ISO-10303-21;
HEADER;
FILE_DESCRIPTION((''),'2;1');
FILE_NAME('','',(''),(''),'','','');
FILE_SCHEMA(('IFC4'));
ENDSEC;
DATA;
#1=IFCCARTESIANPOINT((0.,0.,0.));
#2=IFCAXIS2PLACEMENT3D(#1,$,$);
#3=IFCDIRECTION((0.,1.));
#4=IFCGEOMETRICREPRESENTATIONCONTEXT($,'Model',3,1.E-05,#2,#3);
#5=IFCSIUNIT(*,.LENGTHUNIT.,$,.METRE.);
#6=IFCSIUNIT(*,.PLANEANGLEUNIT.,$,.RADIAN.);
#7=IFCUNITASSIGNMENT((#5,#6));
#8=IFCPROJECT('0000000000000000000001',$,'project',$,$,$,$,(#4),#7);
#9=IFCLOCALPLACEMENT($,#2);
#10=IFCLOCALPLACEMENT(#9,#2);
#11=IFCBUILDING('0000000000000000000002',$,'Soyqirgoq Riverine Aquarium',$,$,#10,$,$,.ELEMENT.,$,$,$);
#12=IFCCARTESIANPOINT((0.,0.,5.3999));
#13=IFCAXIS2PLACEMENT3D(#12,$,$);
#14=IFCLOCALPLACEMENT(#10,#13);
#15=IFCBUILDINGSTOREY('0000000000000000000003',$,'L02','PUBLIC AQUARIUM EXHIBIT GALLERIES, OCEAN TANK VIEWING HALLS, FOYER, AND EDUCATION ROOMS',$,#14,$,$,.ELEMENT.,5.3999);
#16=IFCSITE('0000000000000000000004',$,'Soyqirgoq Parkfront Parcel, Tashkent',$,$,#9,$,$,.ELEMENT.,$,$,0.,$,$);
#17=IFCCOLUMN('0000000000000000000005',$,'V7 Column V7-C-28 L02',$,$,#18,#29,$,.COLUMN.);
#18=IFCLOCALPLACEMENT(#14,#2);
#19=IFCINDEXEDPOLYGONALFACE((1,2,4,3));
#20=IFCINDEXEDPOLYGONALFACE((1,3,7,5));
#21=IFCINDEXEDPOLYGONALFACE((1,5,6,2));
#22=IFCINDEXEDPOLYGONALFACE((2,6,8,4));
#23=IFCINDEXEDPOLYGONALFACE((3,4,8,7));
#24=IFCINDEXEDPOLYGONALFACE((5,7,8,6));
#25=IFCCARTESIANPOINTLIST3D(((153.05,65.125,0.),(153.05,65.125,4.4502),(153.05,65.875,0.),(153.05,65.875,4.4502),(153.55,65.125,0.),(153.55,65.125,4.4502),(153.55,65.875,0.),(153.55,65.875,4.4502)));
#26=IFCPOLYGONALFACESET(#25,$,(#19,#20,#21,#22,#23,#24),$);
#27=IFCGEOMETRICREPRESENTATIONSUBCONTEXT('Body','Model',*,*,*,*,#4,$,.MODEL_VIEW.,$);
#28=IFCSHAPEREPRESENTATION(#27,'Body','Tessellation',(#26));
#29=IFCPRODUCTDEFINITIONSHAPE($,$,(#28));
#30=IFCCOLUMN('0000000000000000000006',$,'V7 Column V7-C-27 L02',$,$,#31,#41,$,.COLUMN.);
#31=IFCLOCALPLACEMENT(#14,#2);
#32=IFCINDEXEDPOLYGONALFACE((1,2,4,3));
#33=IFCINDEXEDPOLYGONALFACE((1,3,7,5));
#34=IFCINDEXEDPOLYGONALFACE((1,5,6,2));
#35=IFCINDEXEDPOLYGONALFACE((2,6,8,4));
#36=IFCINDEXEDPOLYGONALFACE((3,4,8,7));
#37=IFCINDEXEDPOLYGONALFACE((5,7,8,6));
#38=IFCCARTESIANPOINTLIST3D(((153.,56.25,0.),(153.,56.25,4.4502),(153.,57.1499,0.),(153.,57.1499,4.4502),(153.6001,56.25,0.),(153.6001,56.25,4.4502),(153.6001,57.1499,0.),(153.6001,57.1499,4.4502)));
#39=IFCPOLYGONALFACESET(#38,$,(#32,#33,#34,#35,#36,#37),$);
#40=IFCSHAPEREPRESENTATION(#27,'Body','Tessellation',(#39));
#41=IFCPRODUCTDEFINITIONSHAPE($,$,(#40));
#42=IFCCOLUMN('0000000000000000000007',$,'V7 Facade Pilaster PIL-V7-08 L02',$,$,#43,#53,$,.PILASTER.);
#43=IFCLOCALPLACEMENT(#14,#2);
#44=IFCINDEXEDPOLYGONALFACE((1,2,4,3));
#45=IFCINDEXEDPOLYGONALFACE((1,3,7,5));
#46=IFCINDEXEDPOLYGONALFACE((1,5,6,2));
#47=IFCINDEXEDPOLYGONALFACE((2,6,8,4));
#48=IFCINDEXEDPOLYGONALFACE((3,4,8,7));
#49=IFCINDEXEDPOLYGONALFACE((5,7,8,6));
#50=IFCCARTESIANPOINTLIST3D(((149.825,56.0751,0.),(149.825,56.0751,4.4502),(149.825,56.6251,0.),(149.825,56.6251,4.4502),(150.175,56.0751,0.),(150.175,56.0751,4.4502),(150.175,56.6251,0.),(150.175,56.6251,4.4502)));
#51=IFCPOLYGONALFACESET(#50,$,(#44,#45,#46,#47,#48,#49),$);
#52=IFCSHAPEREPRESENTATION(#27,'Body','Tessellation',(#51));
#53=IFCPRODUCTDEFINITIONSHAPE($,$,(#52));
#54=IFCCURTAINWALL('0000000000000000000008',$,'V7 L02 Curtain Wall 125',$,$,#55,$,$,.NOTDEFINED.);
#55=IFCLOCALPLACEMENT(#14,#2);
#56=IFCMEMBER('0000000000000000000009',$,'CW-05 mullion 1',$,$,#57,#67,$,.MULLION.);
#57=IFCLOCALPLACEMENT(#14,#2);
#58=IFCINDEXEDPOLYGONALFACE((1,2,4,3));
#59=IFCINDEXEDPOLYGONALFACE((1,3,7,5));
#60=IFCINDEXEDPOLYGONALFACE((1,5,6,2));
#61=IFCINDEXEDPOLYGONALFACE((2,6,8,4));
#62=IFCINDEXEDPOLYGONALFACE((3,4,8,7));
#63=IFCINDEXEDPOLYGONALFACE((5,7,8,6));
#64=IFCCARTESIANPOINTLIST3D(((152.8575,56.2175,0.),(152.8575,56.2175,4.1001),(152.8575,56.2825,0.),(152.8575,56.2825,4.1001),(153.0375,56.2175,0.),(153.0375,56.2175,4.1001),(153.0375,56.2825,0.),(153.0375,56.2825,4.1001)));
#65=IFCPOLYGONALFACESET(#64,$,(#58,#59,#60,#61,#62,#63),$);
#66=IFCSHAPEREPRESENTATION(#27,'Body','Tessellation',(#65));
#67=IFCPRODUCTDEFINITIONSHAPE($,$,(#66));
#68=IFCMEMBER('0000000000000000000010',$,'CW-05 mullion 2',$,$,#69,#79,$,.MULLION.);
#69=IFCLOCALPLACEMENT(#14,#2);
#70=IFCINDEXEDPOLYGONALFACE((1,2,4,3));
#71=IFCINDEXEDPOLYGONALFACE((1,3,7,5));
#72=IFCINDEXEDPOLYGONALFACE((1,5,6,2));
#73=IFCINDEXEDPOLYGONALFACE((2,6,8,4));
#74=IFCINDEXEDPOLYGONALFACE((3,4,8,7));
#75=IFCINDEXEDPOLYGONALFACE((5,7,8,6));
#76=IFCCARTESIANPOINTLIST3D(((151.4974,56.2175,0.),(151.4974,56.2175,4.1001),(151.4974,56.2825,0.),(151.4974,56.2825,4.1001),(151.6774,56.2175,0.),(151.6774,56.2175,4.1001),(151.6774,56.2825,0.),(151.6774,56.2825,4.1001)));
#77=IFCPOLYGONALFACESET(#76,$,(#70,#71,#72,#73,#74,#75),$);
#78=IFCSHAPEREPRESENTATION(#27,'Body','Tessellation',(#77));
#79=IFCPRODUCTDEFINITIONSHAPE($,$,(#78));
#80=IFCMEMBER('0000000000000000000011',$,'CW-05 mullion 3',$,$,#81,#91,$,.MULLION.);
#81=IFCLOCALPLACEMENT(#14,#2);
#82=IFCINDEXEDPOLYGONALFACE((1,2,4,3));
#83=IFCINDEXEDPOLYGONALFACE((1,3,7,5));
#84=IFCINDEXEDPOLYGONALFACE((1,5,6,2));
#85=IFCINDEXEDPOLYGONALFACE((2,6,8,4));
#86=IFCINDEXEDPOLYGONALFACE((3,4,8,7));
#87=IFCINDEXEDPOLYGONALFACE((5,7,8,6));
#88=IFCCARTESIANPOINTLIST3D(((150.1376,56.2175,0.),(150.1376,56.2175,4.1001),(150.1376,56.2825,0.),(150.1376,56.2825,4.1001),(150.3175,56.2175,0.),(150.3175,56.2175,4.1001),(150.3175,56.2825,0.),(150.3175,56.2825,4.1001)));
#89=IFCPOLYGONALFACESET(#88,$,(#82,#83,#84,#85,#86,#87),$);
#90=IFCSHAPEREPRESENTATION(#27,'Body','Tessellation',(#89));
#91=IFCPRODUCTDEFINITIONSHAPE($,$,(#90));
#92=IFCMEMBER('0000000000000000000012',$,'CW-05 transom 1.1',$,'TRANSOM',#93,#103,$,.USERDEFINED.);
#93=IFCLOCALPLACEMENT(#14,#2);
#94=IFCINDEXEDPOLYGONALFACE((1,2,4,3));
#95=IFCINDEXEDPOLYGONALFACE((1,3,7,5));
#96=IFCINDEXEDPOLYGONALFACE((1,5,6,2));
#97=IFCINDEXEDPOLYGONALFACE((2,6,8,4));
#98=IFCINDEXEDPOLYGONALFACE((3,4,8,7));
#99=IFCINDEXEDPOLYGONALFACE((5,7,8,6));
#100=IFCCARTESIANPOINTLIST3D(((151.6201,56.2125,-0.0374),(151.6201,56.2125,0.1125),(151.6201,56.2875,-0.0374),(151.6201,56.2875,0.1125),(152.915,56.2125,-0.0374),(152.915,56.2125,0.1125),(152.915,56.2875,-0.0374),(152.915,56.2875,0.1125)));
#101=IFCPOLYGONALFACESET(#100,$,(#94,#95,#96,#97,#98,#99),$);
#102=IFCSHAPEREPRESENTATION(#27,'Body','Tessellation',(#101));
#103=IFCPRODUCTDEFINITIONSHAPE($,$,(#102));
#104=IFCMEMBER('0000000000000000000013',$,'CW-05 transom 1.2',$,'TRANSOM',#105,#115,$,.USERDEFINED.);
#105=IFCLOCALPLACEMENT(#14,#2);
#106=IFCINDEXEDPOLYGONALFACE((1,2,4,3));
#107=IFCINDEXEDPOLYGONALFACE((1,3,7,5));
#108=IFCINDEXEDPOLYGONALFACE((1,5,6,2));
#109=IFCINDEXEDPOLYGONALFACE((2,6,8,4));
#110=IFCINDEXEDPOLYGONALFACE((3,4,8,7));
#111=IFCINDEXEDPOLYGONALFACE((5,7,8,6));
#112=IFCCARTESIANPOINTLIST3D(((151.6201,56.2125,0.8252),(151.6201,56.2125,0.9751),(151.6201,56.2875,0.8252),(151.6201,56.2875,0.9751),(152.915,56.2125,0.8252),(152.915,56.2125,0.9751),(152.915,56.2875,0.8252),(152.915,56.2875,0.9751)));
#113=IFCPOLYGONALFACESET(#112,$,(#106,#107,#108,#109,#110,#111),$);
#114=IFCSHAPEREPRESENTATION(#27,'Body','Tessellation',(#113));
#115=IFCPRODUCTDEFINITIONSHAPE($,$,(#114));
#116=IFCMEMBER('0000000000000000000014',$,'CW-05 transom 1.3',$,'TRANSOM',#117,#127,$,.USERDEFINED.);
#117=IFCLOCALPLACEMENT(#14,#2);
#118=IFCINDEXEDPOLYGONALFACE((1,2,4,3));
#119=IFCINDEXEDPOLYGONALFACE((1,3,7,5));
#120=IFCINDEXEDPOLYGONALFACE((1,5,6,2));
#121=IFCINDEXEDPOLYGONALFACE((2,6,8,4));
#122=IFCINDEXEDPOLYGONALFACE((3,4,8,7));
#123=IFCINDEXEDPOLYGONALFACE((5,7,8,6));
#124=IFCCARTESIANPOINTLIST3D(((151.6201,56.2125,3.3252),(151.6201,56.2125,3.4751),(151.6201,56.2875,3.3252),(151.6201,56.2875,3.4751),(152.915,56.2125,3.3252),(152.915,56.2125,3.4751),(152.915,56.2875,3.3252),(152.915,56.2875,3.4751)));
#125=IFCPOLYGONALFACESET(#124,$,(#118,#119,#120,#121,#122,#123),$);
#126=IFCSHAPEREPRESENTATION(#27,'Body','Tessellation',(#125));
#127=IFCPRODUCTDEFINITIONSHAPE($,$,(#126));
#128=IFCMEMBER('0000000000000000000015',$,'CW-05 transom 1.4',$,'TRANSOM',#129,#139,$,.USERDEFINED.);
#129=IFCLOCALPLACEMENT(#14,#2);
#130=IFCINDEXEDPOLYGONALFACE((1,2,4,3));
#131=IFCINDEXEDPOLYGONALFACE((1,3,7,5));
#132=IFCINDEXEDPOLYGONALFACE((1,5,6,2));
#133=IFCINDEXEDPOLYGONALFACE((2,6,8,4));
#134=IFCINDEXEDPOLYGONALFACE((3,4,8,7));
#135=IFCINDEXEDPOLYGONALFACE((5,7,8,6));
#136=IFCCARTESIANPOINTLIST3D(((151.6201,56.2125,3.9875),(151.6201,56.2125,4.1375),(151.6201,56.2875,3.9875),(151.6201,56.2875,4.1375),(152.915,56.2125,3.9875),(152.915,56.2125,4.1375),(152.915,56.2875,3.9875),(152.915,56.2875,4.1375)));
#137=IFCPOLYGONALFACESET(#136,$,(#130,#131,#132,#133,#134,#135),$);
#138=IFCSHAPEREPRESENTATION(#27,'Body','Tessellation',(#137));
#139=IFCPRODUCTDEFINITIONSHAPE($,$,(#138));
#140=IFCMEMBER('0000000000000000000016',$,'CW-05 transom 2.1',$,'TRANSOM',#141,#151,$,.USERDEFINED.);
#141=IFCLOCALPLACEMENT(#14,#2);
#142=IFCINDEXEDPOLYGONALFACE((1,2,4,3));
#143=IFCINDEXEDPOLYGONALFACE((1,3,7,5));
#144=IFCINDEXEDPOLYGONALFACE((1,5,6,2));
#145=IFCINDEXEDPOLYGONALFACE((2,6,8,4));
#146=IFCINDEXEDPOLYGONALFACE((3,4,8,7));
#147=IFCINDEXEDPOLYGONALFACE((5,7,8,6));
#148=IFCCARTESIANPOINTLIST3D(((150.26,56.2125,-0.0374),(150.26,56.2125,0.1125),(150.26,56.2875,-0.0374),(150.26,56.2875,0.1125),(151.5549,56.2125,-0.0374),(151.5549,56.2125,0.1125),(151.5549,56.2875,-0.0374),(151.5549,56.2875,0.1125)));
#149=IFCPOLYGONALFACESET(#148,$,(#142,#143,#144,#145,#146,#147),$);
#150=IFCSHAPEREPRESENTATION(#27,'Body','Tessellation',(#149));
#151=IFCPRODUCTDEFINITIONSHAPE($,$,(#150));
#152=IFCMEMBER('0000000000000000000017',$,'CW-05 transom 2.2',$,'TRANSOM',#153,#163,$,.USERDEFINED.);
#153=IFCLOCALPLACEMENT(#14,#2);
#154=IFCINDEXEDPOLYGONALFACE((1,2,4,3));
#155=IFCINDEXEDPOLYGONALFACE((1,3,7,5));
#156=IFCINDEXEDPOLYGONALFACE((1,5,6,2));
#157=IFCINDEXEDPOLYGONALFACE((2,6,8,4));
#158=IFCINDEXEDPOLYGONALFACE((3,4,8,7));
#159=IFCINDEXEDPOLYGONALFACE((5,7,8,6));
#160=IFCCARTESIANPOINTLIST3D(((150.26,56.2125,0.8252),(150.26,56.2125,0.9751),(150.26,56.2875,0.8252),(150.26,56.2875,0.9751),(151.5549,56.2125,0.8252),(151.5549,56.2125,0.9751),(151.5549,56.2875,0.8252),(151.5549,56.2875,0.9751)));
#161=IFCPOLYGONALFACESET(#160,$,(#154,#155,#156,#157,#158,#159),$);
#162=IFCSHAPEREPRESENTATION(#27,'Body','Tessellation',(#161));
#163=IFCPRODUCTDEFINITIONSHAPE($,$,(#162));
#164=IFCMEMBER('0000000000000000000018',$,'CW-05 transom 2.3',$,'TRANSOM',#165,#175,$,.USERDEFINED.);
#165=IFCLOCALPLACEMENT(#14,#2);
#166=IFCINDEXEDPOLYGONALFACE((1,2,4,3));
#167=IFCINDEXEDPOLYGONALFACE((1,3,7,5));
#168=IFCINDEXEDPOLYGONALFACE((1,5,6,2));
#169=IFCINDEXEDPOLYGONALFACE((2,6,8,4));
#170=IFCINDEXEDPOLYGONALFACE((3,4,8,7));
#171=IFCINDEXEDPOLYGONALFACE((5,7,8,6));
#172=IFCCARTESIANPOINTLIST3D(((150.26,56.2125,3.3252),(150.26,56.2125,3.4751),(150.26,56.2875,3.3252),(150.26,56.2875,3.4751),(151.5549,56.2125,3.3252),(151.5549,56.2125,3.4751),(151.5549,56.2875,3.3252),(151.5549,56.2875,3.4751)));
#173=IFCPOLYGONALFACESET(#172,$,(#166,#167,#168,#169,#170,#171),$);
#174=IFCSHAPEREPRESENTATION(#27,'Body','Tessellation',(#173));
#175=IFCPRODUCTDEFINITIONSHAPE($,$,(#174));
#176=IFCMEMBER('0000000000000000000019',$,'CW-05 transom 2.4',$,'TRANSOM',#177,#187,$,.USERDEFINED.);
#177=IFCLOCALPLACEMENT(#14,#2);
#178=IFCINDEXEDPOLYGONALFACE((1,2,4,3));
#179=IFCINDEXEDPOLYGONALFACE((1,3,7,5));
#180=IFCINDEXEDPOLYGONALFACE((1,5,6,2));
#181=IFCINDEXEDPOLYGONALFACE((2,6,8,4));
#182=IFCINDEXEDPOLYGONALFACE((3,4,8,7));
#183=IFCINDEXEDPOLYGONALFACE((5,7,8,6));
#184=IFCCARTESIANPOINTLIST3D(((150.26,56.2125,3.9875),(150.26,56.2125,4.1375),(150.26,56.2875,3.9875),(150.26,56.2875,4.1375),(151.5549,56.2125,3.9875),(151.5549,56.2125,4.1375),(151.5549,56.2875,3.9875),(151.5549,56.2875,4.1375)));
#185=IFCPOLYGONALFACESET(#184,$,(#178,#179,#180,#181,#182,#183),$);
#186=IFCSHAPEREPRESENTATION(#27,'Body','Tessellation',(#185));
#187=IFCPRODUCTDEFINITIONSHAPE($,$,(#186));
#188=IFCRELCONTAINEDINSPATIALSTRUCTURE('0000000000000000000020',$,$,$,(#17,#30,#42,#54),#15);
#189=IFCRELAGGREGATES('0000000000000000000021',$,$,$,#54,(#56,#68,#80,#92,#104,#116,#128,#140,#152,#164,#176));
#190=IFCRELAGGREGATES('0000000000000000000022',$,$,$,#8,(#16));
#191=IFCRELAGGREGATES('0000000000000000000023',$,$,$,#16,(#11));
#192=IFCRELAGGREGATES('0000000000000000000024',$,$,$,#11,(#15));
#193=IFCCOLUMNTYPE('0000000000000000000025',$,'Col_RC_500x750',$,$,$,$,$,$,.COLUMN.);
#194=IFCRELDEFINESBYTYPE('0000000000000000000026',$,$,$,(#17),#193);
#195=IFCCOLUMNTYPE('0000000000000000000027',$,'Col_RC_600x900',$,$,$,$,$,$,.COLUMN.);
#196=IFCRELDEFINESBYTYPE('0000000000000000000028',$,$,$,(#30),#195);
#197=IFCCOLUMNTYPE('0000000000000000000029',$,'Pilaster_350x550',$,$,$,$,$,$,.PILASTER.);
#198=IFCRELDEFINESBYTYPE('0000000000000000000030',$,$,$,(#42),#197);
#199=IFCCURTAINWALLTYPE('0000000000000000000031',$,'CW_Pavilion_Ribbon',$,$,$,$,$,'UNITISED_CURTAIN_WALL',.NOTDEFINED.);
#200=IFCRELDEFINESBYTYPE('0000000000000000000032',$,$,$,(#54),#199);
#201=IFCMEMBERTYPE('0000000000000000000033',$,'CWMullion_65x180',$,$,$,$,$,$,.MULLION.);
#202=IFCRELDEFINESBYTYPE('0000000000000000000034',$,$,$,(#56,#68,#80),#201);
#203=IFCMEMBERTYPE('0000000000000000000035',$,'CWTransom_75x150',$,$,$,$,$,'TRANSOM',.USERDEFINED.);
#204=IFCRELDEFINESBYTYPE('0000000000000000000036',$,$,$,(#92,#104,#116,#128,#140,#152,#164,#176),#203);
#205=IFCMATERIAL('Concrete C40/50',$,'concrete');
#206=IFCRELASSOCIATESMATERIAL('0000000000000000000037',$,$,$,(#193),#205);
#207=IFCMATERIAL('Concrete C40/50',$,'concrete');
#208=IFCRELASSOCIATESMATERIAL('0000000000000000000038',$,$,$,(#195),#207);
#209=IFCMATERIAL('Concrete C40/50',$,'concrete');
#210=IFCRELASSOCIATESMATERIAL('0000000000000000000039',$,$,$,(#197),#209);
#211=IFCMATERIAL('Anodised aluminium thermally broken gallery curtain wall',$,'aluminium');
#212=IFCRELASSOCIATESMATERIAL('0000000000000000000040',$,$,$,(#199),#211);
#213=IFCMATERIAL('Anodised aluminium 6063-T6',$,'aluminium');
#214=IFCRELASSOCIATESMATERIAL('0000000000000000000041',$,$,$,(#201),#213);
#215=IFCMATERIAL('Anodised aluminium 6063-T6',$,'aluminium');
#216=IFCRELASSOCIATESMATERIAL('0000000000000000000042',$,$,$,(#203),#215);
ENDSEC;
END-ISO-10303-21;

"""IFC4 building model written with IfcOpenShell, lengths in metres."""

from ifc_helpers import new_model, si_unit, direction, frame, origin, origin_2d, place, context, subcontext, project, spatial, rectangle, extrude, material, material_profile, profile_set, type_object, element, aggregate, save


model = new_model("IFC4")

# Units and contexts
model_context = context("Model", 3, precision=1e-05, world=origin(), true_north=direction((0.0, 1.0)))
body_context = subcontext(model_context, "Body", "Model", "MODEL_VIEW")
ifc_project = project(units=[si_unit("LENGTHUNIT", "METRE"), si_unit("PLANEANGLEUNIT", "RADIAN")], contexts=[model_context])

# Site, building, storey
site_placement = place(None, origin())
site = spatial("IfcSite", under=ifc_project, at=site_placement, Name="Soyqirgoq Parkfront Parcel, Tashkent", CompositionType="ELEMENT", RefElevation=0.0)
building_placement = place(site_placement, origin())
building = spatial("IfcBuilding", under=site, at=building_placement, Name="Soyqirgoq Riverine Aquarium", CompositionType="ELEMENT")
storey_placement = place(building_placement, frame((0.0, 0.0, 5.3999)))
storey = spatial("IfcBuildingStorey", under=building, at=storey_placement, Name="L02", Description="PUBLIC AQUARIUM EXHIBIT GALLERIES, OCEAN TANK VIEWING HALLS, FOYER, AND EDUCATION ROOMS", CompositionType="ELEMENT", Elevation=5.3999)

# Columns
ifc_material_1 = material(Name="Concrete C40/50", Category="concrete")
ifc_material_profile_1 = material_profile(ifc_material_1, rectangle(XDim=0.5, YDim=0.75, at=origin_2d()), Name="RC-COL 500x750")
ifc_profile_set_1 = profile_set([ifc_material_profile_1], Name="Concrete C40/50")
column_type_1 = type_object("IfcColumnType", Name="Col_RC_500x750", PredefinedType="COLUMN", material=ifc_profile_set_1)
column_1_placement = place(storey_placement, frame((153.3, 65.5, 0.0), z_axis=(0.0, 0.0, 1.0), x_axis=(1.0, 0.0, 0.0)))
element("IfcColumn", 1, at=column_1_placement, inside=storey, type_object=column_type_1, Name="V7 Column V7-C-28 L02", PredefinedType="COLUMN", context=body_context, shape_type="SweptSolid", body=[
    extrude(rectangle(XDim=0.5, YDim=0.75, at=origin_2d()), origin(), (0.0, 0.0, 1.0), 4.4502),
])
ifc_material_2 = material(Name="Concrete C40/50", Category="concrete")
ifc_material_profile_2 = material_profile(ifc_material_2, rectangle(XDim=0.6001, YDim=0.8999, at=origin_2d()), Name="RC-COL 600x900")
ifc_profile_set_2 = profile_set([ifc_material_profile_2], Name="Concrete C40/50")
column_type_2 = type_object("IfcColumnType", Name="Col_RC_600x900", PredefinedType="COLUMN", material=ifc_profile_set_2)
column_2_placement = place(storey_placement, frame((153.3, 56.7, 0.0), z_axis=(0.0, 0.0, 1.0), x_axis=(1.0, 0.0, 0.0)))
element("IfcColumn", 2, at=column_2_placement, inside=storey, type_object=column_type_2, Name="V7 Column V7-C-27 L02", PredefinedType="COLUMN", context=body_context, shape_type="SweptSolid", body=[
    extrude(rectangle(XDim=0.6001, YDim=0.8999, at=origin_2d()), origin(), (0.0, 0.0, 1.0), 4.4502),
])
ifc_material_3 = material(Name="Concrete C40/50", Category="concrete")
ifc_material_profile_3 = material_profile(ifc_material_3, rectangle(XDim=0.3501, YDim=0.55, at=origin_2d()), Name="RC-PIL 350x550")
ifc_profile_set_3 = profile_set([ifc_material_profile_3], Name="Concrete C40/50")
column_type_3 = type_object("IfcColumnType", Name="Pilaster_350x550", PredefinedType="PILASTER", material=ifc_profile_set_3)
column_3_placement = place(storey_placement, frame((150.0, 56.3501, 0.0), z_axis=(0.0, 0.0, 1.0), x_axis=(1.0, 0.0, 0.0)))
element("IfcColumn", 3, at=column_3_placement, inside=storey, type_object=column_type_3, Name="V7 Facade Pilaster PIL-V7-08 L02", PredefinedType="PILASTER", context=body_context, shape_type="SweptSolid", body=[
    extrude(rectangle(XDim=0.3501, YDim=0.55, at=origin_2d()), origin(), (0.0, 0.0, 1.0), 4.4502),
])

# Curtain wall, members
ifc_material_4 = material(Name="Anodised aluminium thermally broken gallery curtain wall", Category="aluminium")
curtain_wall_type = type_object("IfcCurtainWallType", Name="CW_Pavilion_Ribbon", ElementType="UNITISED_CURTAIN_WALL", PredefinedType="NOTDEFINED", material=ifc_material_4)
curtain_wall_placement = place(storey_placement, origin())
curtain_wall = element("IfcCurtainWall", 4, at=curtain_wall_placement, inside=storey, type_object=curtain_wall_type, Name="V7 L02 Curtain Wall 125", PredefinedType="NOTDEFINED")
ifc_material_5 = material(Name="Anodised aluminium 6063-T6", Category="aluminium")
ifc_material_profile_4 = material_profile(ifc_material_5, rectangle(XDim=0.0649, YDim=0.1799, at=origin_2d()), Name="ALU-M 65x180")
ifc_profile_set_4 = profile_set([ifc_material_profile_4], Name="Anodised aluminium 6063-T6")
member_type_1 = type_object("IfcMemberType", Name="CWMullion_65x180", PredefinedType="MULLION", material=ifc_profile_set_4)
member_1_placement = place(storey_placement, frame((152.9475, 56.25, 0.0), z_axis=(0.0, 0.0, 1.0), x_axis=(0.0, -1.0, 0.0)))
member_1 = element("IfcMember", 5, at=member_1_placement, type_object=member_type_1, Name="CW-05 mullion 1", PredefinedType="MULLION", context=body_context, shape_type="SweptSolid", body=[
    extrude(rectangle(XDim=0.0649, YDim=0.1799, at=origin_2d()), origin(), (0.0, 0.0, 1.0), 4.1001),
])
member_2_placement = place(storey_placement, frame((151.5874, 56.25, 0.0), z_axis=(0.0, 0.0, 1.0), x_axis=(0.0, -1.0, 0.0)))
member_2 = element("IfcMember", 6, at=member_2_placement, type_object=member_type_1, Name="CW-05 mullion 2", PredefinedType="MULLION", context=body_context, shape_type="SweptSolid", body=[
    extrude(rectangle(XDim=0.0649, YDim=0.1799, at=origin_2d()), origin(), (0.0, 0.0, 1.0), 4.1001),
])
member_3_placement = place(storey_placement, frame((150.2275, 56.25, 0.0), z_axis=(0.0, 0.0, 1.0), x_axis=(0.0, -1.0, 0.0)))
member_3 = element("IfcMember", 7, at=member_3_placement, type_object=member_type_1, Name="CW-05 mullion 3", PredefinedType="MULLION", context=body_context, shape_type="SweptSolid", body=[
    extrude(rectangle(XDim=0.0649, YDim=0.1799, at=origin_2d()), origin(), (0.0, 0.0, 1.0), 4.1001),
])
ifc_material_6 = material(Name="Anodised aluminium 6063-T6", Category="aluminium")
ifc_material_profile_5 = material_profile(ifc_material_6, rectangle(XDim=0.075, YDim=0.1499, at=origin_2d()), Name="ALU-T 75x150")
ifc_profile_set_5 = profile_set([ifc_material_profile_5], Name="Anodised aluminium 6063-T6")
member_type_2 = type_object("IfcMemberType", Name="CWTransom_75x150", ElementType="TRANSOM", PredefinedType="USERDEFINED", material=ifc_profile_set_5)
member_4_placement = place(storey_placement, frame((152.915, 56.25, 0.0376), z_axis=(-1.0, 0.0, 0.0), x_axis=(0.0, -1.0, 0.0)))
member_4 = element("IfcMember", 8, at=member_4_placement, type_object=member_type_2, Name="CW-05 transom 1.1", ObjectType="TRANSOM", PredefinedType="USERDEFINED", context=body_context, shape_type="SweptSolid", body=[
    extrude(rectangle(XDim=0.075, YDim=0.1499, at=origin_2d()), origin(), (0.0, 0.0, 1.0), 1.2949),
])
member_5_placement = place(storey_placement, frame((152.915, 56.25, 0.9001), z_axis=(-1.0, 0.0, 0.0), x_axis=(0.0, -1.0, 0.0)))
member_5 = element("IfcMember", 9, at=member_5_placement, type_object=member_type_2, Name="CW-05 transom 1.2", ObjectType="TRANSOM", PredefinedType="USERDEFINED", context=body_context, shape_type="SweptSolid", body=[
    extrude(rectangle(XDim=0.075, YDim=0.1499, at=origin_2d()), origin(), (0.0, 0.0, 1.0), 1.2949),
])
member_6_placement = place(storey_placement, frame((152.915, 56.25, 3.4001), z_axis=(-1.0, 0.0, 0.0), x_axis=(0.0, -1.0, 0.0)))
member_6 = element("IfcMember", 10, at=member_6_placement, type_object=member_type_2, Name="CW-05 transom 1.3", ObjectType="TRANSOM", PredefinedType="USERDEFINED", context=body_context, shape_type="SweptSolid", body=[
    extrude(rectangle(XDim=0.075, YDim=0.1499, at=origin_2d()), origin(), (0.0, 0.0, 1.0), 1.2949),
])
member_7_placement = place(storey_placement, frame((152.915, 56.25, 4.0625), z_axis=(-1.0, 0.0, 0.0), x_axis=(0.0, -1.0, 0.0)))
member_7 = element("IfcMember", 11, at=member_7_placement, type_object=member_type_2, Name="CW-05 transom 1.4", ObjectType="TRANSOM", PredefinedType="USERDEFINED", context=body_context, shape_type="SweptSolid", body=[
    extrude(rectangle(XDim=0.075, YDim=0.1499, at=origin_2d()), origin(), (0.0, 0.0, 1.0), 1.2949),
])
member_8_placement = place(storey_placement, frame((151.5549, 56.25, 0.0376), z_axis=(-1.0, 0.0, 0.0), x_axis=(0.0, -1.0, 0.0)))
member_8 = element("IfcMember", 12, at=member_8_placement, type_object=member_type_2, Name="CW-05 transom 2.1", ObjectType="TRANSOM", PredefinedType="USERDEFINED", context=body_context, shape_type="SweptSolid", body=[
    extrude(rectangle(XDim=0.075, YDim=0.1499, at=origin_2d()), origin(), (0.0, 0.0, 1.0), 1.2949),
])
member_9_placement = place(storey_placement, frame((151.5549, 56.25, 0.9001), z_axis=(-1.0, 0.0, 0.0), x_axis=(0.0, -1.0, 0.0)))
member_9 = element("IfcMember", 13, at=member_9_placement, type_object=member_type_2, Name="CW-05 transom 2.2", ObjectType="TRANSOM", PredefinedType="USERDEFINED", context=body_context, shape_type="SweptSolid", body=[
    extrude(rectangle(XDim=0.075, YDim=0.1499, at=origin_2d()), origin(), (0.0, 0.0, 1.0), 1.2949),
])
member_10_placement = place(storey_placement, frame((151.5549, 56.25, 3.4001), z_axis=(-1.0, 0.0, 0.0), x_axis=(0.0, -1.0, 0.0)))
member_10 = element("IfcMember", 14, at=member_10_placement, type_object=member_type_2, Name="CW-05 transom 2.3", ObjectType="TRANSOM", PredefinedType="USERDEFINED", context=body_context, shape_type="SweptSolid", body=[
    extrude(rectangle(XDim=0.075, YDim=0.1499, at=origin_2d()), origin(), (0.0, 0.0, 1.0), 1.2949),
])
member_11_placement = place(storey_placement, frame((151.5549, 56.25, 4.0625), z_axis=(-1.0, 0.0, 0.0), x_axis=(0.0, -1.0, 0.0)))
member_11 = element("IfcMember", 15, at=member_11_placement, type_object=member_type_2, Name="CW-05 transom 2.4", ObjectType="TRANSOM", PredefinedType="USERDEFINED", context=body_context, shape_type="SweptSolid", body=[
    extrude(rectangle(XDim=0.075, YDim=0.1499, at=origin_2d()), origin(), (0.0, 0.0, 1.0), 1.2949),
])

aggregate(curtain_wall, [member_1, member_2, member_3, member_4, member_5, member_6, member_7, member_8, member_9, member_10, member_11])

save(model, "model.ifc")
